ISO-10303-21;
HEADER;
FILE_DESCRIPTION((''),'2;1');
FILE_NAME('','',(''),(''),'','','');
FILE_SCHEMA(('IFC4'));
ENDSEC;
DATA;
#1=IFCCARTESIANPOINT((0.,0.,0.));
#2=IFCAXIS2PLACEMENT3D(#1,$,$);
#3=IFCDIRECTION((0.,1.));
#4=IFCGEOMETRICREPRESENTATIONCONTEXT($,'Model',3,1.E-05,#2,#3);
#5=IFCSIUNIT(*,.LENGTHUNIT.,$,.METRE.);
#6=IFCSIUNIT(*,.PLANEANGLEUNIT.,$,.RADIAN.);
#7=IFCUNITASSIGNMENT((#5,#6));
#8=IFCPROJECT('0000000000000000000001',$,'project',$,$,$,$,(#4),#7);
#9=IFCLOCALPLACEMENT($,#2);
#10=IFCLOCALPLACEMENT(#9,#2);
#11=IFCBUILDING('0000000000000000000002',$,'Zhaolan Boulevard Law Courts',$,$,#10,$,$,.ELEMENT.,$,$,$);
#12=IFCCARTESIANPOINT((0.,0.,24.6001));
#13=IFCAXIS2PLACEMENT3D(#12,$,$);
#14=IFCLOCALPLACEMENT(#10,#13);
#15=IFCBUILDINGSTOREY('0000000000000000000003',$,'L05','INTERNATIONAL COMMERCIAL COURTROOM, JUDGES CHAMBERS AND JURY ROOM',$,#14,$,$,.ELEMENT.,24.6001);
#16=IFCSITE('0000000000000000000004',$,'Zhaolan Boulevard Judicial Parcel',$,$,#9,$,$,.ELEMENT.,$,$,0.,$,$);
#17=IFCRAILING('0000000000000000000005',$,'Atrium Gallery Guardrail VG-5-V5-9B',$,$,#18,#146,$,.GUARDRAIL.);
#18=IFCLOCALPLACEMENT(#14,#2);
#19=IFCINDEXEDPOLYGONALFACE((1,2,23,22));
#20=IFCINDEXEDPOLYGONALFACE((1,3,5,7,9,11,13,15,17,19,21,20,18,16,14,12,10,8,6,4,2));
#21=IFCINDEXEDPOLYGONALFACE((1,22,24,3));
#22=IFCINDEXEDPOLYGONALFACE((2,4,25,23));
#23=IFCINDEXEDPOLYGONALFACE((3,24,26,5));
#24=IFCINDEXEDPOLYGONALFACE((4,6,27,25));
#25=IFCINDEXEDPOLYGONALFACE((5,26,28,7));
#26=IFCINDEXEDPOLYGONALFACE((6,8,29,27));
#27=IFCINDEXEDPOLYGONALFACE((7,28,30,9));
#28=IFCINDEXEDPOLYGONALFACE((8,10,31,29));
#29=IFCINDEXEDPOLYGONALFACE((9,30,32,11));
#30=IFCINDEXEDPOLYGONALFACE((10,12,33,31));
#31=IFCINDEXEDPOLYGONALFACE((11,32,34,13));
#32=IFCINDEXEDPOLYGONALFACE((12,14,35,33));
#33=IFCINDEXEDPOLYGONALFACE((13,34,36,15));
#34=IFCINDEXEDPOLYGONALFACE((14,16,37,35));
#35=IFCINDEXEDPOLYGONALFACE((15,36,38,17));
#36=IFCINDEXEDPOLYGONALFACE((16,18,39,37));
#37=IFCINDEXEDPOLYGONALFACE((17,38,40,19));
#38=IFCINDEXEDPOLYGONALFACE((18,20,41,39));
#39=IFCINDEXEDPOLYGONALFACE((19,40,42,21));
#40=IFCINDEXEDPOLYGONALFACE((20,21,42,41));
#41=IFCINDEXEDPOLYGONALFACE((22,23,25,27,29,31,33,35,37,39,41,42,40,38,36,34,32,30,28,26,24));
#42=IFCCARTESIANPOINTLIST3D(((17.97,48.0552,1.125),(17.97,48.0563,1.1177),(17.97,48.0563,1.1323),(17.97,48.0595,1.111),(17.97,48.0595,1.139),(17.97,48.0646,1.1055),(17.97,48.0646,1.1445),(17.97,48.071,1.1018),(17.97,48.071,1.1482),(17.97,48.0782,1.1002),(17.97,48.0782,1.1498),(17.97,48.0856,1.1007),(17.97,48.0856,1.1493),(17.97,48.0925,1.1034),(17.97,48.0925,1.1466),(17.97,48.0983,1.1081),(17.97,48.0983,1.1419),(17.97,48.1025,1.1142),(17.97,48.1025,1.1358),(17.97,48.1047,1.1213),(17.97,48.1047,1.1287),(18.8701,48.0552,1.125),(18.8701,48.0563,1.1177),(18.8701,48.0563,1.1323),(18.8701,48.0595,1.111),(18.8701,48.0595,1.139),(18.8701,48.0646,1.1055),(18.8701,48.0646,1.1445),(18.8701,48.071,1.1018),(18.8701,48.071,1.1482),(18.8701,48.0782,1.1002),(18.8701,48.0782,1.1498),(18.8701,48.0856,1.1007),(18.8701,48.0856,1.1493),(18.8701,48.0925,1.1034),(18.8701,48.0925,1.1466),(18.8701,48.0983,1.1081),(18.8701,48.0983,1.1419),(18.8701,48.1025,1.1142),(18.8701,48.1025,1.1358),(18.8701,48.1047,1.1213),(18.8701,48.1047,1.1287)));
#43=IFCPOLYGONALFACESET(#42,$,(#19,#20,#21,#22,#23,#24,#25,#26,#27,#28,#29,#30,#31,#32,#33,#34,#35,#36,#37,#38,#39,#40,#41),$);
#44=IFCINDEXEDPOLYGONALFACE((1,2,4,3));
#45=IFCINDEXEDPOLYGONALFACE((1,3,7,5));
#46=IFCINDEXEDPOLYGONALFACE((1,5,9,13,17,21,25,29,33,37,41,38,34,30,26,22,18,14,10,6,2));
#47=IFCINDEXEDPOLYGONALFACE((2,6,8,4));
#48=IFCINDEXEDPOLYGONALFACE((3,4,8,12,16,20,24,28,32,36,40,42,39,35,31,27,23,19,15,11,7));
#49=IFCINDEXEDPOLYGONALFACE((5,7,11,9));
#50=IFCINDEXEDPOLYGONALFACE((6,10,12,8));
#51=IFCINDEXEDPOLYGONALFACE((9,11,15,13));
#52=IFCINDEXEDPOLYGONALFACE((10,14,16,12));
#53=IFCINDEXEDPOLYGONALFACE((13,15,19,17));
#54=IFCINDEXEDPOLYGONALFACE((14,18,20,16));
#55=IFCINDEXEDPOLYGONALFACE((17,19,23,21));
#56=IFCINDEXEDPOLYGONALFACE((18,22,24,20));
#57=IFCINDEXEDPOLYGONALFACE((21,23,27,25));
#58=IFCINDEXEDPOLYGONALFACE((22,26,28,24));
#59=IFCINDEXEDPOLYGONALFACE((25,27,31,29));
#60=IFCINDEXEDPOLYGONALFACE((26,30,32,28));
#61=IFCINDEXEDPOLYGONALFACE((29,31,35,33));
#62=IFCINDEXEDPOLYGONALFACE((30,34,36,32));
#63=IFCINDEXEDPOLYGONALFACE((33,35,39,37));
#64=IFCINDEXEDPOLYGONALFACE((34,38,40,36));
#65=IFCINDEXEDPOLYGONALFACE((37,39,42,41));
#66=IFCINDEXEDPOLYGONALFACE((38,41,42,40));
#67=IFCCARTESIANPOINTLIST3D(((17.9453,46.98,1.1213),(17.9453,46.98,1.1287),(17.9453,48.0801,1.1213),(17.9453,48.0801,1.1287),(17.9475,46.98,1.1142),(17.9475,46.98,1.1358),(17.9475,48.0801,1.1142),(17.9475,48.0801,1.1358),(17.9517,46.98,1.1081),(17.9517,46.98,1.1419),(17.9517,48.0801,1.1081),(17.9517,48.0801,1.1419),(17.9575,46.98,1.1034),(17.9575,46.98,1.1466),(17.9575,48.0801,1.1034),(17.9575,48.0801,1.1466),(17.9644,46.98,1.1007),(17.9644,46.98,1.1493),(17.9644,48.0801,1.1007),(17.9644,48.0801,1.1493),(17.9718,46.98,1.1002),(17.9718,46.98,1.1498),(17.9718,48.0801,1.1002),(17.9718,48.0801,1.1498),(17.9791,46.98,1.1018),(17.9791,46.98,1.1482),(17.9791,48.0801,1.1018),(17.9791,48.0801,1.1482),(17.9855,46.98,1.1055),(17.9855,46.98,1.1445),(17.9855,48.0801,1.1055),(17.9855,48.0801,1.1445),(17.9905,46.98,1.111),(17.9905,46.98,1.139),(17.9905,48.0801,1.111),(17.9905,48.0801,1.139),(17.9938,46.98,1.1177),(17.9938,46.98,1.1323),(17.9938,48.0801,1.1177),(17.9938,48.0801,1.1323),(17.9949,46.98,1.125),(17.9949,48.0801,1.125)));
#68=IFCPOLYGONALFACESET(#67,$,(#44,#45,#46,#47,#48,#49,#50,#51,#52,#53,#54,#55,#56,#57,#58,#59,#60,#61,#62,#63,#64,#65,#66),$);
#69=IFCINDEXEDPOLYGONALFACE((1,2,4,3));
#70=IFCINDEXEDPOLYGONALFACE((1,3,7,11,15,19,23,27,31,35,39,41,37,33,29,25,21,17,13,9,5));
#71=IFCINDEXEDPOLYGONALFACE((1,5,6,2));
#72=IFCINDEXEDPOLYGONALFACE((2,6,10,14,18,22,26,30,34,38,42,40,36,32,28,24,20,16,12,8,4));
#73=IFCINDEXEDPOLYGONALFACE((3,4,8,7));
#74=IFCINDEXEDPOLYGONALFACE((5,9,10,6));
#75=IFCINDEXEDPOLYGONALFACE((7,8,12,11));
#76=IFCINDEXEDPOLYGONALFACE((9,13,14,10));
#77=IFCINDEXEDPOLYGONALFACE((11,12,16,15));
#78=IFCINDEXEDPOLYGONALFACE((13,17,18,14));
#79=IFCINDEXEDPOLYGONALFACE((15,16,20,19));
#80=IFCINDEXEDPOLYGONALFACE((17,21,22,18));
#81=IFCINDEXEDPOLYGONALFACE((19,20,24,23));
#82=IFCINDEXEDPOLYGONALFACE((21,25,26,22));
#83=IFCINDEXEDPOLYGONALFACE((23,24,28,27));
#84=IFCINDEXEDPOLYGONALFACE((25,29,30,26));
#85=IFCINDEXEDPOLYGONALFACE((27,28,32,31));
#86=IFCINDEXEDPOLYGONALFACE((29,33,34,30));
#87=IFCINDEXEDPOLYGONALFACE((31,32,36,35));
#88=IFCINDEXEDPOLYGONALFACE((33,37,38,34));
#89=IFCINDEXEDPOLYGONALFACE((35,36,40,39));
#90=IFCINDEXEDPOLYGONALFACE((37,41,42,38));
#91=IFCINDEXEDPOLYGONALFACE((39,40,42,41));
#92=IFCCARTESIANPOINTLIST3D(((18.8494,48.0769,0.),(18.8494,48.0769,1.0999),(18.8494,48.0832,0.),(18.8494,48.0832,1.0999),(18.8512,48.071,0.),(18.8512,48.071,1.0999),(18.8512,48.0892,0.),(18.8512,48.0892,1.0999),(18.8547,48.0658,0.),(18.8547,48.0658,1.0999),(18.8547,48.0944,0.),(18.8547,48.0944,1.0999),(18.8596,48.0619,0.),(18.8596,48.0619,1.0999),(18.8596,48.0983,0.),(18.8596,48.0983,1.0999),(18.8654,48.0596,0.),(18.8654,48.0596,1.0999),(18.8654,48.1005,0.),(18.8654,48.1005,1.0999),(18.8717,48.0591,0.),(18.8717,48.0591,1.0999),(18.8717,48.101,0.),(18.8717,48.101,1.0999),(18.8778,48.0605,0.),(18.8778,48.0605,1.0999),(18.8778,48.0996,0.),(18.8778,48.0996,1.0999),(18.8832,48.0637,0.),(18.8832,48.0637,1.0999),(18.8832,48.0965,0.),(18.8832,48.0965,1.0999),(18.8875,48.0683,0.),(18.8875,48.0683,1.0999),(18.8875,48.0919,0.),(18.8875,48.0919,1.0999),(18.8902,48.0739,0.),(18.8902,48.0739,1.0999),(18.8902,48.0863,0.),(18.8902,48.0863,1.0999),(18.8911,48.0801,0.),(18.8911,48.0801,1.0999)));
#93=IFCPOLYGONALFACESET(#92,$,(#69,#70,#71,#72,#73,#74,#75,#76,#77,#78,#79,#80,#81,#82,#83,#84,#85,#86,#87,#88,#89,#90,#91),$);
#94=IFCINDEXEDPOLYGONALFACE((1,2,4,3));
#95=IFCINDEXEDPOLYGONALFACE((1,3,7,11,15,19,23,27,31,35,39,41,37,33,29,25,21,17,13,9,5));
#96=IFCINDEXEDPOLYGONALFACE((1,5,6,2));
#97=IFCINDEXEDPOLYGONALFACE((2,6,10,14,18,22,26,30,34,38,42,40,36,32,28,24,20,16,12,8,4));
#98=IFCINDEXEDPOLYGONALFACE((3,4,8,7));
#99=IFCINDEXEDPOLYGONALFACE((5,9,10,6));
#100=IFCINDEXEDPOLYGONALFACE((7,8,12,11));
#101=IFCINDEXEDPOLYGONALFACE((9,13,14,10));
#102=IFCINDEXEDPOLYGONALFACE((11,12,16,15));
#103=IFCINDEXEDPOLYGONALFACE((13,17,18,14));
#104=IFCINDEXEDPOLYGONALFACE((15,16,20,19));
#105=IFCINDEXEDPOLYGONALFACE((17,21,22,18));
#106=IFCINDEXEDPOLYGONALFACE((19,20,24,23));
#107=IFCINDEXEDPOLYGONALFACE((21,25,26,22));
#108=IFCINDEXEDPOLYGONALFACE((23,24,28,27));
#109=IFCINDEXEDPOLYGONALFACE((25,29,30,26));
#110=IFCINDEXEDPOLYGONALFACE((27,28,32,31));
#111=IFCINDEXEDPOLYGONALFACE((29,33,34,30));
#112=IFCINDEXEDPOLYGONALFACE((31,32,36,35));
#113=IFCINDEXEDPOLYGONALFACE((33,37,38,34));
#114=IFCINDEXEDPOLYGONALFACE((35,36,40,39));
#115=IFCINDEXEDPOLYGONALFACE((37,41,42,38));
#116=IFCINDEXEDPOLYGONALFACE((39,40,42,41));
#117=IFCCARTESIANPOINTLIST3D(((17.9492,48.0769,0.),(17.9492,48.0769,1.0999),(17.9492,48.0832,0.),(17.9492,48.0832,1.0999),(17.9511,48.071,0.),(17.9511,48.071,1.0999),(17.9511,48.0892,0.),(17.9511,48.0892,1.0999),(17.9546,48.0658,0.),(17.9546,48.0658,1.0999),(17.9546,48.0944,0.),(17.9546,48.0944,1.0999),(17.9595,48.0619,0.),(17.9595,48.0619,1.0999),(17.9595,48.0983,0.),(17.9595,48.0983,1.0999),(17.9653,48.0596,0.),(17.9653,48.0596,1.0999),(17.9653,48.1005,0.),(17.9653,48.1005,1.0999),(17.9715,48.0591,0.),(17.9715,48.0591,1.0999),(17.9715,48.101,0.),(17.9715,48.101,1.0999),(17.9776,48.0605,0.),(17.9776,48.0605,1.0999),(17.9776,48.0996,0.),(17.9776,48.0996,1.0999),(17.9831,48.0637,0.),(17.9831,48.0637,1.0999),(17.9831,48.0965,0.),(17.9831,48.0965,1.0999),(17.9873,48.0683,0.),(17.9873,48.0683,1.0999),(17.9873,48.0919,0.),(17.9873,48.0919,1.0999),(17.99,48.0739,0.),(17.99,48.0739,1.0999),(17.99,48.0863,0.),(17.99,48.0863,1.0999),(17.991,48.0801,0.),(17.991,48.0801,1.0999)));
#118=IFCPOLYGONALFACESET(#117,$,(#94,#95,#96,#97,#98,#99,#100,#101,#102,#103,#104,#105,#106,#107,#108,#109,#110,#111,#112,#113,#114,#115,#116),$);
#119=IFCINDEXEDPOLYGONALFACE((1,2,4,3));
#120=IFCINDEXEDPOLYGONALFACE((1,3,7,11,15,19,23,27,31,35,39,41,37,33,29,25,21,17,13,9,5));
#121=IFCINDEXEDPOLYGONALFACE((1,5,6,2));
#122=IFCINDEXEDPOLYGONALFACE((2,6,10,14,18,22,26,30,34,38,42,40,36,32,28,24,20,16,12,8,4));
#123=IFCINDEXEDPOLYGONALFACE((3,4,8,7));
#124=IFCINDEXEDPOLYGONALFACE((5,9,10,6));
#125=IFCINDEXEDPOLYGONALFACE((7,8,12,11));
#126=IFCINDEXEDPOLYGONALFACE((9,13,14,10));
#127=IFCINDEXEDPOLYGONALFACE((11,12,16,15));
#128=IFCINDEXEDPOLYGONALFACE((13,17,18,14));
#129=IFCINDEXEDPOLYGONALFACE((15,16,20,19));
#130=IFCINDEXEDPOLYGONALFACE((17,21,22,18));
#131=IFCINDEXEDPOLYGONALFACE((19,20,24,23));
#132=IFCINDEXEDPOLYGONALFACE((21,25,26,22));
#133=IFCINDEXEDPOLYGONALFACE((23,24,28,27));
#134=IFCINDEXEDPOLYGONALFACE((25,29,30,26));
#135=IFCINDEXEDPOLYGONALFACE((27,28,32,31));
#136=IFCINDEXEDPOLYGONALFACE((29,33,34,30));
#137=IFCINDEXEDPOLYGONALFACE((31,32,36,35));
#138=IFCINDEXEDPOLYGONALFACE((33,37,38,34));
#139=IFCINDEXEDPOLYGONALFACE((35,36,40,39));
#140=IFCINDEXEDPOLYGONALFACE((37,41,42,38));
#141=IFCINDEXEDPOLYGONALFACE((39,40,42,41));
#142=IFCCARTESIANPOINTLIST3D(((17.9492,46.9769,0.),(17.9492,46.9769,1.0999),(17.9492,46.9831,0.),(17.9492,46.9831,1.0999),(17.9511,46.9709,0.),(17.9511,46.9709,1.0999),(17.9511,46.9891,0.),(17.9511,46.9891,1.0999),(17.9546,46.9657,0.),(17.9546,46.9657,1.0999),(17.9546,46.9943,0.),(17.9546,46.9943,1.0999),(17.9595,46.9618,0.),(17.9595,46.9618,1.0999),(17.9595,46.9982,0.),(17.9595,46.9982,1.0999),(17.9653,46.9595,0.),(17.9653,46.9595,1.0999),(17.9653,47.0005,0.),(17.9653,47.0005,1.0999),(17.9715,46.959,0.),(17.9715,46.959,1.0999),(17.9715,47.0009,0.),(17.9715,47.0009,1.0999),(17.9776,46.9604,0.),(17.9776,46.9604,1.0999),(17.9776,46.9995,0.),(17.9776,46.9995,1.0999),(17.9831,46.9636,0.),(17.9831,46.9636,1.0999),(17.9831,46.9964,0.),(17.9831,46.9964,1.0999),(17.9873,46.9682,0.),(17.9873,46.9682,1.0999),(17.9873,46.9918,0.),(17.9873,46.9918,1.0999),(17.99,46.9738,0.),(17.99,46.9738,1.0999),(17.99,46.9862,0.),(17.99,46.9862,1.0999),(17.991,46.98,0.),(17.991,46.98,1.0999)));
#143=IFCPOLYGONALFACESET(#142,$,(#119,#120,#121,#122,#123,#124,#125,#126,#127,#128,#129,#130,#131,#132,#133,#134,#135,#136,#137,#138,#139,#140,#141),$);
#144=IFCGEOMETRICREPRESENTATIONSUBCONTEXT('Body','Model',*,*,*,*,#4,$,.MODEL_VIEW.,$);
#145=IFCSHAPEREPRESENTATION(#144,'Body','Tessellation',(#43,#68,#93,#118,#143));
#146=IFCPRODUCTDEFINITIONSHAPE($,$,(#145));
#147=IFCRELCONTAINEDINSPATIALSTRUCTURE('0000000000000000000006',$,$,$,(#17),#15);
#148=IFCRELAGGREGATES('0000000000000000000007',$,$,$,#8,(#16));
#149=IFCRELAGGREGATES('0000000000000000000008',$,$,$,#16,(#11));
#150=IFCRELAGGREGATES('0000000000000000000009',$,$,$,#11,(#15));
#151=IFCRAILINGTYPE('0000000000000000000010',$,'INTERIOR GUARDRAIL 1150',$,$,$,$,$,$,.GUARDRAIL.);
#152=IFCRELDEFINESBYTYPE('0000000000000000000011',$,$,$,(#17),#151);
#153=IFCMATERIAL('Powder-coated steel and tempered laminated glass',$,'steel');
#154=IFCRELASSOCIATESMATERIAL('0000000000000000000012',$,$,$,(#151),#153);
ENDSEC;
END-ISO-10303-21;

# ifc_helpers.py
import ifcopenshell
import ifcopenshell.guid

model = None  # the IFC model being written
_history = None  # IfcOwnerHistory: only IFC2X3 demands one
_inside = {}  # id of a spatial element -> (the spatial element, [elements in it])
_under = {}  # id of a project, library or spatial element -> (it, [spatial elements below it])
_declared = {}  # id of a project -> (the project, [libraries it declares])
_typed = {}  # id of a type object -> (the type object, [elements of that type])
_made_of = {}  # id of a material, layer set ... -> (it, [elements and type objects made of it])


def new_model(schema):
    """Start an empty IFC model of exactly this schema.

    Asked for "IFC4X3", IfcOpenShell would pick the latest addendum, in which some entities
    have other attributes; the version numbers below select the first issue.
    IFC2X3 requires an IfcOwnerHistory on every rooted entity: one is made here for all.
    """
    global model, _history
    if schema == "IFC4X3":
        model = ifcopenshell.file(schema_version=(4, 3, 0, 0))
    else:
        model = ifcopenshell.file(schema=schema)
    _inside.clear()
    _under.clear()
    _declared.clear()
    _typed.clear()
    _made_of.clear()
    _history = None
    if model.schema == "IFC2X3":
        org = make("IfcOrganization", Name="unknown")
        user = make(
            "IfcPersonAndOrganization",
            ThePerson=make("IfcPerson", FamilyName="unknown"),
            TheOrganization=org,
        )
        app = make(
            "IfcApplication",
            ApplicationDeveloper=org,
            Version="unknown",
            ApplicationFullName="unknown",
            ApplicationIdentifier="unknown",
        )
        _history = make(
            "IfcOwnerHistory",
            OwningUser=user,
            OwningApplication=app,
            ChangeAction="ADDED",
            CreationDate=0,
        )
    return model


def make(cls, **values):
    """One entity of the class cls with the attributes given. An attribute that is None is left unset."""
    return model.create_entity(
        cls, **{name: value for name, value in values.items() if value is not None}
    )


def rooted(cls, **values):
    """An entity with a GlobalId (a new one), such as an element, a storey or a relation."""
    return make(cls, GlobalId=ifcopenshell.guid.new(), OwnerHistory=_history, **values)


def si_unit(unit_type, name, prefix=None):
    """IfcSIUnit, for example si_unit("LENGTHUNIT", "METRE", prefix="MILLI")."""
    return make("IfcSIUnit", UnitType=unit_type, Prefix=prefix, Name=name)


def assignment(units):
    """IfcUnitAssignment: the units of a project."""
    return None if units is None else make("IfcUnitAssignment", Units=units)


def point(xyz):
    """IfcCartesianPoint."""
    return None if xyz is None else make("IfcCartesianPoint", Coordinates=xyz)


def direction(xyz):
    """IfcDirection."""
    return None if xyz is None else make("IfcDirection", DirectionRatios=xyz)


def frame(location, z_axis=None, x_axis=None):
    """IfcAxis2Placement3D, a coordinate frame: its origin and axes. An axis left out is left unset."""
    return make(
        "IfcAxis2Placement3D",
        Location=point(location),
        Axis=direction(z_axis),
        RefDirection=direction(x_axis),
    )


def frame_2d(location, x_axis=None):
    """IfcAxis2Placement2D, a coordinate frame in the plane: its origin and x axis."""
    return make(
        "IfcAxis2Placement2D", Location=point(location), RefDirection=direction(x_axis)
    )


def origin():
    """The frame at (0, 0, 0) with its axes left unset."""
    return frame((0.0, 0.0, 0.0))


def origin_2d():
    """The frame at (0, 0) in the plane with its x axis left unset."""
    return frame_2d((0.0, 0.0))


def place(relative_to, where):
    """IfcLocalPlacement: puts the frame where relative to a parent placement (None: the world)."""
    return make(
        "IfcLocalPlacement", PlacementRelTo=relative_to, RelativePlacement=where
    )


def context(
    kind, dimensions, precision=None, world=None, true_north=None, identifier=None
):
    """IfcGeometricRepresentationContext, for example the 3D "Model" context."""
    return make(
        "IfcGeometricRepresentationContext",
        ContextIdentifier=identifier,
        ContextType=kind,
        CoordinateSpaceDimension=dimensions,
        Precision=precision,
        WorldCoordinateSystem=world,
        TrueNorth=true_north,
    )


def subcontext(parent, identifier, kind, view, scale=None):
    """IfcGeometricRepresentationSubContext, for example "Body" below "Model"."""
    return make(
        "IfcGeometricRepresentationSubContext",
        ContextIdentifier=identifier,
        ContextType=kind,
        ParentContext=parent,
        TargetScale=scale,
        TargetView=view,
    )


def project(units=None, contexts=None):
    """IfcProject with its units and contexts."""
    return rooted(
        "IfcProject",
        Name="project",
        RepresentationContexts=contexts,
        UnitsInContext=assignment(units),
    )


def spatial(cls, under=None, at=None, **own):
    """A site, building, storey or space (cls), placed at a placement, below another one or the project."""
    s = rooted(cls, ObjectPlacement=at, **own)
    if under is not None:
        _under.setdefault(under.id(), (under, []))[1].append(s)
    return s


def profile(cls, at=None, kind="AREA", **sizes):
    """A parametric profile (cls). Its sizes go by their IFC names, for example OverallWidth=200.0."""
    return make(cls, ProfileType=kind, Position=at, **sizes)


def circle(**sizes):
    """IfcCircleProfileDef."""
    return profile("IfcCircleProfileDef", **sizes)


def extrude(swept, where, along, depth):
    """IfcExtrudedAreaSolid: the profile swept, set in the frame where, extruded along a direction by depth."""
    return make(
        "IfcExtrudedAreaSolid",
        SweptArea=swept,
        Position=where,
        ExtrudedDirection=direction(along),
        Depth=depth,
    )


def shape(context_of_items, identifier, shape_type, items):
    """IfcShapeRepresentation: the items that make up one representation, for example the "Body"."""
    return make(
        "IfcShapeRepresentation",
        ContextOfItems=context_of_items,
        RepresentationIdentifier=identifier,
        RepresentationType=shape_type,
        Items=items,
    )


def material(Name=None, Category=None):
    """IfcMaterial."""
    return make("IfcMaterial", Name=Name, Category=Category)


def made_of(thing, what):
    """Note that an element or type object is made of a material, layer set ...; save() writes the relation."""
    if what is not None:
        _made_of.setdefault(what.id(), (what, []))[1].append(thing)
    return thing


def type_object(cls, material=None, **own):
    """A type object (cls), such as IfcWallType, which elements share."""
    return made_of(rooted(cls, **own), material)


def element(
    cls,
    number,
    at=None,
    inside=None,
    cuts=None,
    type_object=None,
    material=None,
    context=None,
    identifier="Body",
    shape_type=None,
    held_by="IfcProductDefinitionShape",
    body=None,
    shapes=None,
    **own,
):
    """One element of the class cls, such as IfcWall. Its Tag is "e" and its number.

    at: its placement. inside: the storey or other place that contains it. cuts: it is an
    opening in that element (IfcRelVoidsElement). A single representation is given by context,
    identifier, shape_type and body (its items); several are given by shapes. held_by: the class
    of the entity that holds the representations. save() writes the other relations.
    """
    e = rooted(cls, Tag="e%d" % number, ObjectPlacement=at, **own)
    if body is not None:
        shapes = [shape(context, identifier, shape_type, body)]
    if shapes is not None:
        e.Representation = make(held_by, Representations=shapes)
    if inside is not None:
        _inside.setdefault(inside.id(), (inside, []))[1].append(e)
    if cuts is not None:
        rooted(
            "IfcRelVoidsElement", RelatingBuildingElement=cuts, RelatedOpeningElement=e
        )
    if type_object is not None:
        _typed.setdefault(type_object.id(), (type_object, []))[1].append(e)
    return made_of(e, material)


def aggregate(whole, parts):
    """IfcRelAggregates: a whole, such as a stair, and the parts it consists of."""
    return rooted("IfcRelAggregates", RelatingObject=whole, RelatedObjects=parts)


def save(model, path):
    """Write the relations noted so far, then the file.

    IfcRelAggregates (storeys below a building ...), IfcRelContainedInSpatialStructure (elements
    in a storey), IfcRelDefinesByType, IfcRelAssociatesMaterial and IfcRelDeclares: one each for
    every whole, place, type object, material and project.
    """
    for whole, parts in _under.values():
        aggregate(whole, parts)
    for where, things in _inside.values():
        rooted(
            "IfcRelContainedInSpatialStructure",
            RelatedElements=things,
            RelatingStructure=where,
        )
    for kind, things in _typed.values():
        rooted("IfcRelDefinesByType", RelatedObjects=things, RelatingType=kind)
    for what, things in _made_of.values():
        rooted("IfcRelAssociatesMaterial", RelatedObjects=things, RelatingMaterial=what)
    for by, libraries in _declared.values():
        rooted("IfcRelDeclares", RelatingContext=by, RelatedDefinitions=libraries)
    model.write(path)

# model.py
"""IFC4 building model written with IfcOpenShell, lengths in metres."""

from ifc_helpers import new_model, si_unit, direction, frame, origin, origin_2d, place, context, subcontext, project, spatial, circle, extrude, material, type_object, element, save


model = new_model("IFC4")

# Units and contexts
model_context = context("Model", 3, precision=1e-05, world=origin(), true_north=direction((0.0, 1.0)))
body_context = subcontext(model_context, "Body", "Model", "MODEL_VIEW")
ifc_project = project(units=[si_unit("LENGTHUNIT", "METRE"), si_unit("PLANEANGLEUNIT", "RADIAN")], contexts=[model_context])

# Site, building, storey
site_placement = place(None, origin())
site = spatial("IfcSite", under=ifc_project, at=site_placement, Name="Zhaolan Boulevard Judicial Parcel", CompositionType="ELEMENT", RefElevation=0.0)
building_placement = place(site_placement, origin())
building = spatial("IfcBuilding", under=site, at=building_placement, Name="Zhaolan Boulevard Law Courts", CompositionType="ELEMENT")
storey_placement = place(building_placement, frame((0.0, 0.0, 24.6001)))
storey = spatial("IfcBuildingStorey", under=building, at=storey_placement, Name="L05", Description="INTERNATIONAL COMMERCIAL COURTROOM, JUDGES CHAMBERS AND JURY ROOM", CompositionType="ELEMENT", Elevation=24.6001)

# Railing
ifc_material_1 = material(Name="Powder-coated steel and tempered laminated glass", Category="steel")
railing_type_1 = type_object("IfcRailingType", Name="INTERIOR GUARDRAIL 1150", PredefinedType="GUARDRAIL", material=ifc_material_1)
railing_1_placement = place(storey_placement, frame((18.8701, 48.0801, 0.0)))
element("IfcRailing", 1, at=railing_1_placement, inside=storey, type_object=railing_type_1, Name="Atrium Gallery Guardrail VG-5-V5-9B", PredefinedType="GUARDRAIL", context=body_context, shape_type="SweptSolid", body=[
    extrude(circle(Radius=0.0249, at=origin_2d()), frame((0.0, 0.0, 1.125), z_axis=(-1.0, 0.0, 0.0), x_axis=(0.0, -1.0, 0.0)), (0.0, 0.0, 1.0), 0.9001),
    extrude(circle(Radius=0.0249, at=origin_2d()), frame((-0.9001, 0.0, 1.125), z_axis=(0.0, -1.0, 0.0), x_axis=(1.0, 0.0, 0.0)), (0.0, 0.0, 1.0), 1.1001),
    extrude(circle(Radius=0.021, at=origin_2d()), origin(), (0.0, 0.0, 1.0), 1.0999),
    extrude(circle(Radius=0.021, at=origin_2d()), frame((-0.9001, 0.0, 0.0)), (0.0, 0.0, 1.0), 1.0999),
    extrude(circle(Radius=0.021, at=origin_2d()), frame((-0.9001, -1.1001, 0.0)), (0.0, 0.0, 1.0), 1.0999),
])

save(model, "model.ifc")
